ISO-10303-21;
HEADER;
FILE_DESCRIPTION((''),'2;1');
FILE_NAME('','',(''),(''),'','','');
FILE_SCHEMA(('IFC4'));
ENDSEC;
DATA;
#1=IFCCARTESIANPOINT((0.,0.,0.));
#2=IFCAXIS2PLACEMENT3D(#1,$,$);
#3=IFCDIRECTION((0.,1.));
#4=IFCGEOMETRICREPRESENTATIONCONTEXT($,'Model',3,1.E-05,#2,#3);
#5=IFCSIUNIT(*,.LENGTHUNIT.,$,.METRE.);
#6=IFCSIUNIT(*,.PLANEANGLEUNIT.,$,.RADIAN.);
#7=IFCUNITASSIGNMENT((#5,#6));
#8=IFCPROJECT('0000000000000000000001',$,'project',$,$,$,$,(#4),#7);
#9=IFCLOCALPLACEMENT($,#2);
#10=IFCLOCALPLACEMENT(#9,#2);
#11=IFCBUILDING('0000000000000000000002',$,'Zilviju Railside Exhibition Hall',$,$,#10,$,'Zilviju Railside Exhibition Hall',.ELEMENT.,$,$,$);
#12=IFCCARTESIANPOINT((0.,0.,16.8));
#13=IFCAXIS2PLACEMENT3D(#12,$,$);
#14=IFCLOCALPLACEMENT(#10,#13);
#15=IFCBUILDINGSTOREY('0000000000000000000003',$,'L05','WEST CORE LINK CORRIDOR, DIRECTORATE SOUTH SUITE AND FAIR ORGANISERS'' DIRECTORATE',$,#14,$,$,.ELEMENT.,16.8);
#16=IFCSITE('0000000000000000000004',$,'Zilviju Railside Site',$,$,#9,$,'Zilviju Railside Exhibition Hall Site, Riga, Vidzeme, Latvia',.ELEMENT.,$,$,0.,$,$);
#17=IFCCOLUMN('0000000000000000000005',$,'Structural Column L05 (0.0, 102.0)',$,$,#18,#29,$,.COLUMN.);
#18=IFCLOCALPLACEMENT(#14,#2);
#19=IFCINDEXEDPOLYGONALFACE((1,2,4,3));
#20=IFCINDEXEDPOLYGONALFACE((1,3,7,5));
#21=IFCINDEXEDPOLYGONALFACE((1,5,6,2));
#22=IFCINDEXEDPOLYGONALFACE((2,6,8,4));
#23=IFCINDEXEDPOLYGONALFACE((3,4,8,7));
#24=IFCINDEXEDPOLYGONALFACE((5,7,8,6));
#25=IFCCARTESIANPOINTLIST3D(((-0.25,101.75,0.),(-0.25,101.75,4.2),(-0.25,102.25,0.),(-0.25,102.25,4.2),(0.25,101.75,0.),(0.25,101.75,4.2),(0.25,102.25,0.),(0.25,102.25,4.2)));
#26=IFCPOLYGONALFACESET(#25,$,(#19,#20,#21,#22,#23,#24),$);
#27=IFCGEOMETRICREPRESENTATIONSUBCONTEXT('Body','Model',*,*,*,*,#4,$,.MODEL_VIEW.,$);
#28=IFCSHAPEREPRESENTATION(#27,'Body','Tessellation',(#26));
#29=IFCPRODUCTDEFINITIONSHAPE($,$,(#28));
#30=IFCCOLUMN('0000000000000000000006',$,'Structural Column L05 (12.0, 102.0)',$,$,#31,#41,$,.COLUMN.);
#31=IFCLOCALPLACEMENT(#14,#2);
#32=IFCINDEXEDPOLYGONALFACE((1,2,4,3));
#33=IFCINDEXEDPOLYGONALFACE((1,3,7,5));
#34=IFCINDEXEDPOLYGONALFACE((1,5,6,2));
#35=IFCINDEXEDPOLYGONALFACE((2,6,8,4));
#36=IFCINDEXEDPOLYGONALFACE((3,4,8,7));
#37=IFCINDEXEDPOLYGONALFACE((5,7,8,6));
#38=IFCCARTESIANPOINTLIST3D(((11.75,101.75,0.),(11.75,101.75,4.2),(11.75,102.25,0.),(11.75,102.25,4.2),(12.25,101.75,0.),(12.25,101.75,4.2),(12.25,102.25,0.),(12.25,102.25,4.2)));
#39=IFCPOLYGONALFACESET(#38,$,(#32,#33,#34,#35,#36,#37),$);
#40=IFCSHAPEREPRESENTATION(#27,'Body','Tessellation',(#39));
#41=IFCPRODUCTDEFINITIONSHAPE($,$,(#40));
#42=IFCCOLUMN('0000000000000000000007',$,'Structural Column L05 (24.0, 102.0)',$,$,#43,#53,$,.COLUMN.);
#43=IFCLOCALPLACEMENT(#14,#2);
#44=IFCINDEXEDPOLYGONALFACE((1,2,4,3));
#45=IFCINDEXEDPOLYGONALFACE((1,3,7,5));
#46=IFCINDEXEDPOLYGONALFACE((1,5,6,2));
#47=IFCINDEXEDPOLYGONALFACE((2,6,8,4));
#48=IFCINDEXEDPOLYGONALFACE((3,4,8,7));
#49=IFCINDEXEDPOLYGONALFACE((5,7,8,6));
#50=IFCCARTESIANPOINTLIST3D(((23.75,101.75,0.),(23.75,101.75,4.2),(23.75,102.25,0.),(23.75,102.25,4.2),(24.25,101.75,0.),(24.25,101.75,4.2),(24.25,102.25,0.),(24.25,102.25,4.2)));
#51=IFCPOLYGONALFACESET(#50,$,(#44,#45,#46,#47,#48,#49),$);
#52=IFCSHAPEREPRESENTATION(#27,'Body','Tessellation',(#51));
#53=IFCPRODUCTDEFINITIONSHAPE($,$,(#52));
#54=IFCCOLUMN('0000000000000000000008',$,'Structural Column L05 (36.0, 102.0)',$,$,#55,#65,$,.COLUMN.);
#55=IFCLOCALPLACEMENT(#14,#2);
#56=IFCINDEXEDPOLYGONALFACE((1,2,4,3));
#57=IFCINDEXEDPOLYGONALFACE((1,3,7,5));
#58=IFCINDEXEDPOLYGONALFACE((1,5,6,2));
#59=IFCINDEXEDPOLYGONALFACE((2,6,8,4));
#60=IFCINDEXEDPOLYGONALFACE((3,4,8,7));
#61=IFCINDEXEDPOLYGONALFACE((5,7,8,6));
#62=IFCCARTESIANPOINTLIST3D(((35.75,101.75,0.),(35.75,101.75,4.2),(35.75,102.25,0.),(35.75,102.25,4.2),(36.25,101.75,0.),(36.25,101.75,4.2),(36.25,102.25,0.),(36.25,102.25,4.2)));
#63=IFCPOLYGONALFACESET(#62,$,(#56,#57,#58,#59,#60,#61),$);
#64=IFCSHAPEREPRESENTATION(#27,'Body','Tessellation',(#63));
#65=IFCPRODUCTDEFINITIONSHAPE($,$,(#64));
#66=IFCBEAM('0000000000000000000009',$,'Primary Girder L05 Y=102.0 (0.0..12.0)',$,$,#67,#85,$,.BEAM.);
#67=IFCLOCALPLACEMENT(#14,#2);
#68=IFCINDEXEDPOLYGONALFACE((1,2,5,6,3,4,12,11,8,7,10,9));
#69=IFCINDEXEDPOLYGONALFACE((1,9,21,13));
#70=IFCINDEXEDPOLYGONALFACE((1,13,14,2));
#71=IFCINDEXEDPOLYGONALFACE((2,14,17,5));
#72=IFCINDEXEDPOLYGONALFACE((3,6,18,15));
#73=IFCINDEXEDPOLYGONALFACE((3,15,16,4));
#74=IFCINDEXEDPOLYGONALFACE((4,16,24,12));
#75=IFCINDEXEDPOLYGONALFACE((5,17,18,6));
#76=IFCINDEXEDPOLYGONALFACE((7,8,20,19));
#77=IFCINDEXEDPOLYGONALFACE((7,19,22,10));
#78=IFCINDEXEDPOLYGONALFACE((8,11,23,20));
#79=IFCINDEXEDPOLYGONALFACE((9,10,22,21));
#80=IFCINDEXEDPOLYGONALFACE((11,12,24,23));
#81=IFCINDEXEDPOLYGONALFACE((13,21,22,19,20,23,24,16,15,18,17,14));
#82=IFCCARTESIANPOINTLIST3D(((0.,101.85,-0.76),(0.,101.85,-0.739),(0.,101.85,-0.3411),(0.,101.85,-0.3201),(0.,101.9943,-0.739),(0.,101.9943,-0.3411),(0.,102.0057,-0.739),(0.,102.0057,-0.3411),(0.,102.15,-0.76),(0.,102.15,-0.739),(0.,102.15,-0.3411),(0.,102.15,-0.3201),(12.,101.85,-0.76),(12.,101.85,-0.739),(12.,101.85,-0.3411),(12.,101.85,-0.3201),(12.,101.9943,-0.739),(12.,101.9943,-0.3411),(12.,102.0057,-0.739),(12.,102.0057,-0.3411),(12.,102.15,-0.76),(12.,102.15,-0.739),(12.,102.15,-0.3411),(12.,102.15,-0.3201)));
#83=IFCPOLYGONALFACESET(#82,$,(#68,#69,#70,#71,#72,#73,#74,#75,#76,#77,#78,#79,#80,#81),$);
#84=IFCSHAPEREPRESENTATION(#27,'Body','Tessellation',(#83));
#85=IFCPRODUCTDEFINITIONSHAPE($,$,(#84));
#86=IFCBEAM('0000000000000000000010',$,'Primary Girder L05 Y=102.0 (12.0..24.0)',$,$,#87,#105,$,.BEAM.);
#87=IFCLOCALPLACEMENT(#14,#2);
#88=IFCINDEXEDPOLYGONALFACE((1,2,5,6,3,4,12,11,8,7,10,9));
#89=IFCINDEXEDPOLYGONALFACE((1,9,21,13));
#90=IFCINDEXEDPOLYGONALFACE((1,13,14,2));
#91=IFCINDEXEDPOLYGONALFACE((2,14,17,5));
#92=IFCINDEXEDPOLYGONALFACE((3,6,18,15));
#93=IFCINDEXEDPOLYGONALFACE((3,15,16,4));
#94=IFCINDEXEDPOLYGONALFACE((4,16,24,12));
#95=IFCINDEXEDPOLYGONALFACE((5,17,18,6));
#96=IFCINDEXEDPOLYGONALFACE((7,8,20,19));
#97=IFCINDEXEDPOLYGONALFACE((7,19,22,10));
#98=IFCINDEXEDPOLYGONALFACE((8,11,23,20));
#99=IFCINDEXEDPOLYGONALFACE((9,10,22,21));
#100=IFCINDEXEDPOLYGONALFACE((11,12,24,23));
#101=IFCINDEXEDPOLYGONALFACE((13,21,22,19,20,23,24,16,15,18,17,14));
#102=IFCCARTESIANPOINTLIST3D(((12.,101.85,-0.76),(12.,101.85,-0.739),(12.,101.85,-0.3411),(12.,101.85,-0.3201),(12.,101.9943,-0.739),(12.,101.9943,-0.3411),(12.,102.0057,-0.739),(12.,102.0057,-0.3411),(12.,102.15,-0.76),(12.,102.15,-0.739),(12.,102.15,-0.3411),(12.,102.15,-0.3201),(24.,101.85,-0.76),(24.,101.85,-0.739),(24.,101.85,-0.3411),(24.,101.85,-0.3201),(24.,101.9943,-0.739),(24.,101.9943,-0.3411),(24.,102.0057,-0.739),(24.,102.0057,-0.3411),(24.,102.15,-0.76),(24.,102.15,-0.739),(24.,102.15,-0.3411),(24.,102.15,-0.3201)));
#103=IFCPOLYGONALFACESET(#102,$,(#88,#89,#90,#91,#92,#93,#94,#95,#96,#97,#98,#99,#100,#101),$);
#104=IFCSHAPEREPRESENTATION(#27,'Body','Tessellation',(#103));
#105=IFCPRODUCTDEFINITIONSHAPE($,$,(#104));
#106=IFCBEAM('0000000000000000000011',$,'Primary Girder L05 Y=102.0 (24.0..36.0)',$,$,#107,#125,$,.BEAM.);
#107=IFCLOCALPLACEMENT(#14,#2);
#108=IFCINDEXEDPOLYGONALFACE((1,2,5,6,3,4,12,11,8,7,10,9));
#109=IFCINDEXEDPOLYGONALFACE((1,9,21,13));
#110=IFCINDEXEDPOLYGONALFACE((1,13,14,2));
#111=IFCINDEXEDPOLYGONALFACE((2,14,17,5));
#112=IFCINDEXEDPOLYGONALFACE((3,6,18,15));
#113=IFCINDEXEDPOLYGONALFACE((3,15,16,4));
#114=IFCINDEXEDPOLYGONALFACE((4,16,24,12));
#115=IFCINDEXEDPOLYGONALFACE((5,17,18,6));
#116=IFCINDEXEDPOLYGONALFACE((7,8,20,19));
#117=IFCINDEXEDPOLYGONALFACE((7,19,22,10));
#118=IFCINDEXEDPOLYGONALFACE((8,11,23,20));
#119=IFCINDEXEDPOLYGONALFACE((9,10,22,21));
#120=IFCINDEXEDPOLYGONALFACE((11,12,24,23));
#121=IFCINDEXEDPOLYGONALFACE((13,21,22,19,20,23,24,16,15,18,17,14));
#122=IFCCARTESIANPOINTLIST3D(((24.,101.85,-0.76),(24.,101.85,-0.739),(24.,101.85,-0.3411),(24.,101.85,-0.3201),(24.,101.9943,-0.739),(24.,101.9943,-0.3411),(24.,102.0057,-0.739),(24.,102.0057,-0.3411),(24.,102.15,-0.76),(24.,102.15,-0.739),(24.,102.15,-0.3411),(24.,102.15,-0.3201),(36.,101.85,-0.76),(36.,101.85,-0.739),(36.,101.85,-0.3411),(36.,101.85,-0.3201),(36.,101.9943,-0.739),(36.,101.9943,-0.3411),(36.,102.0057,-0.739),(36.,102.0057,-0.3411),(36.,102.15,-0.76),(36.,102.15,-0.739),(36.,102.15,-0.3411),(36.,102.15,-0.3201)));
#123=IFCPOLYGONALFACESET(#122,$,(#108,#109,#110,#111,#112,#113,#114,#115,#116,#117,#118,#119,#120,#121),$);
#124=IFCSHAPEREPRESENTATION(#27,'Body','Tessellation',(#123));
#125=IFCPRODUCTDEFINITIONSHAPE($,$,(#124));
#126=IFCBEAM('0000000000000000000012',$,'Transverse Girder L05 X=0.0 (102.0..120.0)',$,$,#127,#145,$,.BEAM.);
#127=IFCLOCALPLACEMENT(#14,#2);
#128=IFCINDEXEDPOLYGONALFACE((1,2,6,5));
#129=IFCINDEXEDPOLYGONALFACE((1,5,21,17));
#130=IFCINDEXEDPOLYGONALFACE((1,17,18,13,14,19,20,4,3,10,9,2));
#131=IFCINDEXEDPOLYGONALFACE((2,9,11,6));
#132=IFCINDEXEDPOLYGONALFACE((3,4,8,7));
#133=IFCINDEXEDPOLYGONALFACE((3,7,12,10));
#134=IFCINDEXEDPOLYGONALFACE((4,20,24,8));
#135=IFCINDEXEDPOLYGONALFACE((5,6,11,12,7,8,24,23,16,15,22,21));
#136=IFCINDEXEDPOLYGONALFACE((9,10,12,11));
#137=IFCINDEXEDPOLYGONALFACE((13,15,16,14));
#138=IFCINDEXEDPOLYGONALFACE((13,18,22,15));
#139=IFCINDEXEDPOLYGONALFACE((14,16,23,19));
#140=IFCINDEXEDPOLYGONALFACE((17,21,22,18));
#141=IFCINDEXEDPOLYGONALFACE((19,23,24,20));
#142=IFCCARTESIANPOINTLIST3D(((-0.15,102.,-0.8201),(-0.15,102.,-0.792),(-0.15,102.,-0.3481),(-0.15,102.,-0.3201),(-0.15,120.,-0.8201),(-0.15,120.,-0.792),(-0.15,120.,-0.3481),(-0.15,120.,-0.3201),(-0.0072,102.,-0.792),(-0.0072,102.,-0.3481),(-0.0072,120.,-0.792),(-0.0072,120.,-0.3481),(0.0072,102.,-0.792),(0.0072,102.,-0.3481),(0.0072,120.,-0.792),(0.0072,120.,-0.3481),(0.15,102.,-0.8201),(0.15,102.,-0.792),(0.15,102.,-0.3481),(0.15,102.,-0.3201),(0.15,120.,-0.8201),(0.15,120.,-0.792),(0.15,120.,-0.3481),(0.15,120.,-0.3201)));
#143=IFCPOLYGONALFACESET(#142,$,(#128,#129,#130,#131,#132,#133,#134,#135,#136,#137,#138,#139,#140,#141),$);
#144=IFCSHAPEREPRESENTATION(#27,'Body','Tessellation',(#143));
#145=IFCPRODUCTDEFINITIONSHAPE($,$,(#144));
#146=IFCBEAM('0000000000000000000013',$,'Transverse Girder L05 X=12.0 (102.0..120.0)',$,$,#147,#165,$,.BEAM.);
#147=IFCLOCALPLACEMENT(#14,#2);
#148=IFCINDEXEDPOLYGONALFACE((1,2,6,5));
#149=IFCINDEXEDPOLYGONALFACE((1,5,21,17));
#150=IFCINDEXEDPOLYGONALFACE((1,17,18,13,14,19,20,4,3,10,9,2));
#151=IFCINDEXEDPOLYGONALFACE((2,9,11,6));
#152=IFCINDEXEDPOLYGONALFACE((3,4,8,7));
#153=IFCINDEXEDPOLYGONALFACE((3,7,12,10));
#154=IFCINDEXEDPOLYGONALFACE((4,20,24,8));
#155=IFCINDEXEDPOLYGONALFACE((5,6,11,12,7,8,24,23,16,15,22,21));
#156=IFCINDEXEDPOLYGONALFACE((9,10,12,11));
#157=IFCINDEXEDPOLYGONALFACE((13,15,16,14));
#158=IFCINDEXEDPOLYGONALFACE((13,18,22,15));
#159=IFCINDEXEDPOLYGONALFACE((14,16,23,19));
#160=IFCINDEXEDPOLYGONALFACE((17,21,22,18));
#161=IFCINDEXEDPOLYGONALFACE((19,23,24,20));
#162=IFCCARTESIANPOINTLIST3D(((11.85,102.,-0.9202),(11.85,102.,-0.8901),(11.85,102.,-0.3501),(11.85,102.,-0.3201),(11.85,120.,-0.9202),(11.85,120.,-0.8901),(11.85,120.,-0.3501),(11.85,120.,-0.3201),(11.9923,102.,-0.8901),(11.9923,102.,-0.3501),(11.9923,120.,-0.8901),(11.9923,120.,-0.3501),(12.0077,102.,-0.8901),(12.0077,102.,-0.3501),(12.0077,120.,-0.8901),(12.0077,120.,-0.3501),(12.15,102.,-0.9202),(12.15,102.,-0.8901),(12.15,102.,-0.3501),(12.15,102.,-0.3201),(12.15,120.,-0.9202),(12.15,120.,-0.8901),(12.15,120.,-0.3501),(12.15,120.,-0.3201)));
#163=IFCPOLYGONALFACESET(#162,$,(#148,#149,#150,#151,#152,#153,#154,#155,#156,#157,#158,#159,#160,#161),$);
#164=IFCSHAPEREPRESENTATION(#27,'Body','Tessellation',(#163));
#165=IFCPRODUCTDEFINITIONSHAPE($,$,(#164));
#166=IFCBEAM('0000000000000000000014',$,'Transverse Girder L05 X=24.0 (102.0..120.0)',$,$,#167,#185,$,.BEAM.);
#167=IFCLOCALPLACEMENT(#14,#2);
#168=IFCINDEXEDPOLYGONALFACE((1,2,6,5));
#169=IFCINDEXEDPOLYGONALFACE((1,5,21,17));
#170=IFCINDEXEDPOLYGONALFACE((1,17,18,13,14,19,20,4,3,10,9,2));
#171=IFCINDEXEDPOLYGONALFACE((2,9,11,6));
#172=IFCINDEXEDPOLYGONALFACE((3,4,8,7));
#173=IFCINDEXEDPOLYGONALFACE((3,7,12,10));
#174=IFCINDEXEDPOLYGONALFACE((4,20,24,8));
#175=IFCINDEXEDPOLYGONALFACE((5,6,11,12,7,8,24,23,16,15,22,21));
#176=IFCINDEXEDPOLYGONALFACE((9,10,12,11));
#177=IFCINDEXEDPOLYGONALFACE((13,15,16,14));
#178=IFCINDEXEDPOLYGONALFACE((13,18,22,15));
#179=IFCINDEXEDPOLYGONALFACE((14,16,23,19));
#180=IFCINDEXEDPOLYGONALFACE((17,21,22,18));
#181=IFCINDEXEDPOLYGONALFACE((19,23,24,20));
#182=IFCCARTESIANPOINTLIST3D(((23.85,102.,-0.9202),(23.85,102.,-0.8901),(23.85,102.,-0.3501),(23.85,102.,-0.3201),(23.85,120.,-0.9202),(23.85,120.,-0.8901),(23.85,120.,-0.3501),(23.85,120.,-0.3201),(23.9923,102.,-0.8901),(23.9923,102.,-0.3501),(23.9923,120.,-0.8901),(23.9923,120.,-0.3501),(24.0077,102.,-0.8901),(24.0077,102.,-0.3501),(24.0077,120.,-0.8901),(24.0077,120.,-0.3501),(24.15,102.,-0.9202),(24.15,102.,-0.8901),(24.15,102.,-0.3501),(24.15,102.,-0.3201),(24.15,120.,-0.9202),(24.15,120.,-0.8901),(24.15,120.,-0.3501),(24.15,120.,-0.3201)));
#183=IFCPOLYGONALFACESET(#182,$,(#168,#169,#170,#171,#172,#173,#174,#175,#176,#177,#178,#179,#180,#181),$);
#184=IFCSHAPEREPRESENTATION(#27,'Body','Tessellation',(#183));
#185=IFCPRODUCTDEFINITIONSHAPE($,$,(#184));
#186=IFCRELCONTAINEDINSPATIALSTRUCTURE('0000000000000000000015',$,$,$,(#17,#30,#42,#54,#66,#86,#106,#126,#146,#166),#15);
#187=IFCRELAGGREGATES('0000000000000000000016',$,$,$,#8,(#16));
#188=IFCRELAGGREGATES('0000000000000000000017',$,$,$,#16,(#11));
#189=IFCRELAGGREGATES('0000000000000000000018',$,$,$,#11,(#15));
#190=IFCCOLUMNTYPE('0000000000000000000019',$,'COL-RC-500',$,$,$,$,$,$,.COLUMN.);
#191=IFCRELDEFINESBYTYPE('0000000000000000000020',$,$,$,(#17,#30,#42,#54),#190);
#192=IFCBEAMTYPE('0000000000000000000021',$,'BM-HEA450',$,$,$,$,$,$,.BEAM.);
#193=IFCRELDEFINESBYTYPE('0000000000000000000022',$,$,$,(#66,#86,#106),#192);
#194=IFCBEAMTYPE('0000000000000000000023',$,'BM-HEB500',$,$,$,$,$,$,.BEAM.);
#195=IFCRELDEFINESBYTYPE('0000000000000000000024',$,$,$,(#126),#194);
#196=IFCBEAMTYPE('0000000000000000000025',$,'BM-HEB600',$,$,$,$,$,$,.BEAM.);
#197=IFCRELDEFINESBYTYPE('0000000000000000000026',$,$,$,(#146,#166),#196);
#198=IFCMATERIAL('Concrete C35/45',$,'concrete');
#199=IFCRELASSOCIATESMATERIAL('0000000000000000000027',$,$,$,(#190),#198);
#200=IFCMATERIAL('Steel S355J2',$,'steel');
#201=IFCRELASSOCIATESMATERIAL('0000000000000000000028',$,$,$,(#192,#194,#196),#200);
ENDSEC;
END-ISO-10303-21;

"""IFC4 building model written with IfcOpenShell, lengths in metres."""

from ifc_helpers import new_model, si_unit, direction, frame, origin, origin_2d, place, context, subcontext, project, spatial, rectangle, i_section, extrude, material, material_profile, profile_set, type_object, element, save


model = new_model("IFC4")

# Units and contexts
model_context = context("Model", 3, precision=1e-05, world=origin(), true_north=direction((0.0, 1.0)))
body_context = subcontext(model_context, "Body", "Model", "MODEL_VIEW")
ifc_project = project(units=[si_unit("LENGTHUNIT", "METRE"), si_unit("PLANEANGLEUNIT", "RADIAN")], contexts=[model_context])

# Site, building, storey
site_placement = place(None, origin())
site = spatial("IfcSite", under=ifc_project, at=site_placement, Name="Zilviju Railside Site", LongName="Zilviju Railside Exhibition Hall Site, Riga, Vidzeme, Latvia", CompositionType="ELEMENT", RefElevation=0.0)
building_placement = place(site_placement, origin())
building = spatial("IfcBuilding", under=site, at=building_placement, Name="Zilviju Railside Exhibition Hall", LongName="Zilviju Railside Exhibition Hall", CompositionType="ELEMENT")
storey_placement = place(building_placement, frame((0.0, 0.0, 16.8)))
storey = spatial("IfcBuildingStorey", under=building, at=storey_placement, Name="L05", Description="WEST CORE LINK CORRIDOR, DIRECTORATE SOUTH SUITE AND FAIR ORGANISERS' DIRECTORATE", CompositionType="ELEMENT", Elevation=16.8)

# Columns
ifc_material_1 = material(Name="Concrete C35/45", Category="concrete")
ifc_material_profile_1 = material_profile(ifc_material_1, rectangle(XDim=0.5, YDim=0.5, at=origin_2d()), Name="RC COL 500x500")
ifc_profile_set_1 = profile_set([ifc_material_profile_1], Name="Concrete C35/45")
column_type = type_object("IfcColumnType", Name="COL-RC-500", PredefinedType="COLUMN", material=ifc_profile_set_1)
for number, where, z_axis, x_axis, name in (
    (1, (0.0, 102.0, 0.0), (0.0, 0.0, 1.0), (1.0, 0.0, 0.0), "Structural Column L05 (0.0, 102.0)"),
    (2, (12.0, 102.0, 0.0), (0.0, 0.0, 1.0), (1.0, 0.0, 0.0), "Structural Column L05 (12.0, 102.0)"),
    (3, (24.0, 102.0, 0.0), (0.0, 0.0, 1.0), (1.0, 0.0, 0.0), "Structural Column L05 (24.0, 102.0)"),
    (4, (36.0, 102.0, 0.0), (0.0, 0.0, 1.0), (1.0, 0.0, 0.0), "Structural Column L05 (36.0, 102.0)"),
):
    element("IfcColumn", number, at=place(storey_placement, frame(where, z_axis=z_axis, x_axis=x_axis)), inside=storey, type_object=column_type, Name=name, PredefinedType="COLUMN", context=body_context, shape_type="SweptSolid", body=[
        extrude(rectangle(XDim=0.5, YDim=0.5, at=origin_2d()), origin(), (0.0, 0.0, 1.0), 4.2),
    ])

# Beams
ifc_material_2 = material(Name="Steel S355J2", Category="steel")
ifc_material_profile_2 = material_profile(ifc_material_2, i_section(OverallWidth=0.3, OverallDepth=0.4399, WebThickness=0.0115, FlangeThickness=0.021, at=origin_2d()), Name="HEA 450")
ifc_profile_set_2 = profile_set([ifc_material_profile_2], Name="Steel S355J2")
beam_type_1 = type_object("IfcBeamType", Name="BM-HEA450", PredefinedType="BEAM", material=ifc_profile_set_2)
for number, where, z_axis, x_axis, name in (
    (5, (0.0, 102.0, -0.54), (1.0, 0.0, 0.0), (0.0, 1.0, 0.0), "Primary Girder L05 Y=102.0 (0.0..12.0)"),
    (6, (12.0, 102.0, -0.54), (1.0, 0.0, 0.0), (0.0, 1.0, 0.0), "Primary Girder L05 Y=102.0 (12.0..24.0)"),
    (7, (24.0, 102.0, -0.54), (1.0, 0.0, 0.0), (0.0, 1.0, 0.0), "Primary Girder L05 Y=102.0 (24.0..36.0)"),
):
    element("IfcBeam", number, at=place(storey_placement, frame(where, z_axis=z_axis, x_axis=x_axis)), inside=storey, type_object=beam_type_1, Name=name, PredefinedType="BEAM", context=body_context, shape_type="SweptSolid", body=[
        extrude(i_section(OverallWidth=0.3, OverallDepth=0.4399, WebThickness=0.0115, FlangeThickness=0.021, at=origin_2d()), origin(), (0.0, 0.0, 1.0), 12.0),
    ])
ifc_material_profile_3 = material_profile(ifc_material_2, i_section(OverallWidth=0.3, OverallDepth=0.5, WebThickness=0.0144, FlangeThickness=0.0281, at=origin_2d()), Name="HEB 500")
ifc_profile_set_3 = profile_set([ifc_material_profile_3], Name="Steel S355J2")
beam_type_2 = type_object("IfcBeamType", Name="BM-HEB500", PredefinedType="BEAM", material=ifc_profile_set_3)
beam_placement = place(storey_placement, frame((0.0, 102.0, -0.5701), z_axis=(0.0, 1.0, 0.0), x_axis=(-1.0, 0.0, 0.0)))
element("IfcBeam", 8, at=beam_placement, inside=storey, type_object=beam_type_2, Name="Transverse Girder L05 X=0.0 (102.0..120.0)", PredefinedType="BEAM", context=body_context, shape_type="SweptSolid", body=[
    extrude(i_section(OverallWidth=0.3, OverallDepth=0.5, WebThickness=0.0144, FlangeThickness=0.0281, at=origin_2d()), origin(), (0.0, 0.0, 1.0), 18.0),
])
ifc_material_profile_4 = material_profile(ifc_material_2, i_section(OverallWidth=0.3, OverallDepth=0.6001, WebThickness=0.0154, FlangeThickness=0.03, at=origin_2d()), Name="HEB 600")
ifc_profile_set_4 = profile_set([ifc_material_profile_4], Name="Steel S355J2")
beam_type_3 = type_object("IfcBeamType", Name="BM-HEB600", PredefinedType="BEAM", material=ifc_profile_set_4)
for number, where, z_axis, x_axis, name in (
    (9, (12.0, 102.0, -0.6201), (0.0, 1.0, 0.0), (-1.0, 0.0, 0.0), "Transverse Girder L05 X=12.0 (102.0..120.0)"),
    (10, (24.0, 102.0, -0.6201), (0.0, 1.0, 0.0), (-1.0, 0.0, 0.0), "Transverse Girder L05 X=24.0 (102.0..120.0)"),
):
    element("IfcBeam", number, at=place(storey_placement, frame(where, z_axis=z_axis, x_axis=x_axis)), inside=storey, type_object=beam_type_3, Name=name, PredefinedType="BEAM", context=body_context, shape_type="SweptSolid", body=[
        extrude(i_section(OverallWidth=0.3, OverallDepth=0.6001, WebThickness=0.0154, FlangeThickness=0.03, at=origin_2d()), origin(), (0.0, 0.0, 1.0), 18.0),
    ])

save(model, "model.ifc")
